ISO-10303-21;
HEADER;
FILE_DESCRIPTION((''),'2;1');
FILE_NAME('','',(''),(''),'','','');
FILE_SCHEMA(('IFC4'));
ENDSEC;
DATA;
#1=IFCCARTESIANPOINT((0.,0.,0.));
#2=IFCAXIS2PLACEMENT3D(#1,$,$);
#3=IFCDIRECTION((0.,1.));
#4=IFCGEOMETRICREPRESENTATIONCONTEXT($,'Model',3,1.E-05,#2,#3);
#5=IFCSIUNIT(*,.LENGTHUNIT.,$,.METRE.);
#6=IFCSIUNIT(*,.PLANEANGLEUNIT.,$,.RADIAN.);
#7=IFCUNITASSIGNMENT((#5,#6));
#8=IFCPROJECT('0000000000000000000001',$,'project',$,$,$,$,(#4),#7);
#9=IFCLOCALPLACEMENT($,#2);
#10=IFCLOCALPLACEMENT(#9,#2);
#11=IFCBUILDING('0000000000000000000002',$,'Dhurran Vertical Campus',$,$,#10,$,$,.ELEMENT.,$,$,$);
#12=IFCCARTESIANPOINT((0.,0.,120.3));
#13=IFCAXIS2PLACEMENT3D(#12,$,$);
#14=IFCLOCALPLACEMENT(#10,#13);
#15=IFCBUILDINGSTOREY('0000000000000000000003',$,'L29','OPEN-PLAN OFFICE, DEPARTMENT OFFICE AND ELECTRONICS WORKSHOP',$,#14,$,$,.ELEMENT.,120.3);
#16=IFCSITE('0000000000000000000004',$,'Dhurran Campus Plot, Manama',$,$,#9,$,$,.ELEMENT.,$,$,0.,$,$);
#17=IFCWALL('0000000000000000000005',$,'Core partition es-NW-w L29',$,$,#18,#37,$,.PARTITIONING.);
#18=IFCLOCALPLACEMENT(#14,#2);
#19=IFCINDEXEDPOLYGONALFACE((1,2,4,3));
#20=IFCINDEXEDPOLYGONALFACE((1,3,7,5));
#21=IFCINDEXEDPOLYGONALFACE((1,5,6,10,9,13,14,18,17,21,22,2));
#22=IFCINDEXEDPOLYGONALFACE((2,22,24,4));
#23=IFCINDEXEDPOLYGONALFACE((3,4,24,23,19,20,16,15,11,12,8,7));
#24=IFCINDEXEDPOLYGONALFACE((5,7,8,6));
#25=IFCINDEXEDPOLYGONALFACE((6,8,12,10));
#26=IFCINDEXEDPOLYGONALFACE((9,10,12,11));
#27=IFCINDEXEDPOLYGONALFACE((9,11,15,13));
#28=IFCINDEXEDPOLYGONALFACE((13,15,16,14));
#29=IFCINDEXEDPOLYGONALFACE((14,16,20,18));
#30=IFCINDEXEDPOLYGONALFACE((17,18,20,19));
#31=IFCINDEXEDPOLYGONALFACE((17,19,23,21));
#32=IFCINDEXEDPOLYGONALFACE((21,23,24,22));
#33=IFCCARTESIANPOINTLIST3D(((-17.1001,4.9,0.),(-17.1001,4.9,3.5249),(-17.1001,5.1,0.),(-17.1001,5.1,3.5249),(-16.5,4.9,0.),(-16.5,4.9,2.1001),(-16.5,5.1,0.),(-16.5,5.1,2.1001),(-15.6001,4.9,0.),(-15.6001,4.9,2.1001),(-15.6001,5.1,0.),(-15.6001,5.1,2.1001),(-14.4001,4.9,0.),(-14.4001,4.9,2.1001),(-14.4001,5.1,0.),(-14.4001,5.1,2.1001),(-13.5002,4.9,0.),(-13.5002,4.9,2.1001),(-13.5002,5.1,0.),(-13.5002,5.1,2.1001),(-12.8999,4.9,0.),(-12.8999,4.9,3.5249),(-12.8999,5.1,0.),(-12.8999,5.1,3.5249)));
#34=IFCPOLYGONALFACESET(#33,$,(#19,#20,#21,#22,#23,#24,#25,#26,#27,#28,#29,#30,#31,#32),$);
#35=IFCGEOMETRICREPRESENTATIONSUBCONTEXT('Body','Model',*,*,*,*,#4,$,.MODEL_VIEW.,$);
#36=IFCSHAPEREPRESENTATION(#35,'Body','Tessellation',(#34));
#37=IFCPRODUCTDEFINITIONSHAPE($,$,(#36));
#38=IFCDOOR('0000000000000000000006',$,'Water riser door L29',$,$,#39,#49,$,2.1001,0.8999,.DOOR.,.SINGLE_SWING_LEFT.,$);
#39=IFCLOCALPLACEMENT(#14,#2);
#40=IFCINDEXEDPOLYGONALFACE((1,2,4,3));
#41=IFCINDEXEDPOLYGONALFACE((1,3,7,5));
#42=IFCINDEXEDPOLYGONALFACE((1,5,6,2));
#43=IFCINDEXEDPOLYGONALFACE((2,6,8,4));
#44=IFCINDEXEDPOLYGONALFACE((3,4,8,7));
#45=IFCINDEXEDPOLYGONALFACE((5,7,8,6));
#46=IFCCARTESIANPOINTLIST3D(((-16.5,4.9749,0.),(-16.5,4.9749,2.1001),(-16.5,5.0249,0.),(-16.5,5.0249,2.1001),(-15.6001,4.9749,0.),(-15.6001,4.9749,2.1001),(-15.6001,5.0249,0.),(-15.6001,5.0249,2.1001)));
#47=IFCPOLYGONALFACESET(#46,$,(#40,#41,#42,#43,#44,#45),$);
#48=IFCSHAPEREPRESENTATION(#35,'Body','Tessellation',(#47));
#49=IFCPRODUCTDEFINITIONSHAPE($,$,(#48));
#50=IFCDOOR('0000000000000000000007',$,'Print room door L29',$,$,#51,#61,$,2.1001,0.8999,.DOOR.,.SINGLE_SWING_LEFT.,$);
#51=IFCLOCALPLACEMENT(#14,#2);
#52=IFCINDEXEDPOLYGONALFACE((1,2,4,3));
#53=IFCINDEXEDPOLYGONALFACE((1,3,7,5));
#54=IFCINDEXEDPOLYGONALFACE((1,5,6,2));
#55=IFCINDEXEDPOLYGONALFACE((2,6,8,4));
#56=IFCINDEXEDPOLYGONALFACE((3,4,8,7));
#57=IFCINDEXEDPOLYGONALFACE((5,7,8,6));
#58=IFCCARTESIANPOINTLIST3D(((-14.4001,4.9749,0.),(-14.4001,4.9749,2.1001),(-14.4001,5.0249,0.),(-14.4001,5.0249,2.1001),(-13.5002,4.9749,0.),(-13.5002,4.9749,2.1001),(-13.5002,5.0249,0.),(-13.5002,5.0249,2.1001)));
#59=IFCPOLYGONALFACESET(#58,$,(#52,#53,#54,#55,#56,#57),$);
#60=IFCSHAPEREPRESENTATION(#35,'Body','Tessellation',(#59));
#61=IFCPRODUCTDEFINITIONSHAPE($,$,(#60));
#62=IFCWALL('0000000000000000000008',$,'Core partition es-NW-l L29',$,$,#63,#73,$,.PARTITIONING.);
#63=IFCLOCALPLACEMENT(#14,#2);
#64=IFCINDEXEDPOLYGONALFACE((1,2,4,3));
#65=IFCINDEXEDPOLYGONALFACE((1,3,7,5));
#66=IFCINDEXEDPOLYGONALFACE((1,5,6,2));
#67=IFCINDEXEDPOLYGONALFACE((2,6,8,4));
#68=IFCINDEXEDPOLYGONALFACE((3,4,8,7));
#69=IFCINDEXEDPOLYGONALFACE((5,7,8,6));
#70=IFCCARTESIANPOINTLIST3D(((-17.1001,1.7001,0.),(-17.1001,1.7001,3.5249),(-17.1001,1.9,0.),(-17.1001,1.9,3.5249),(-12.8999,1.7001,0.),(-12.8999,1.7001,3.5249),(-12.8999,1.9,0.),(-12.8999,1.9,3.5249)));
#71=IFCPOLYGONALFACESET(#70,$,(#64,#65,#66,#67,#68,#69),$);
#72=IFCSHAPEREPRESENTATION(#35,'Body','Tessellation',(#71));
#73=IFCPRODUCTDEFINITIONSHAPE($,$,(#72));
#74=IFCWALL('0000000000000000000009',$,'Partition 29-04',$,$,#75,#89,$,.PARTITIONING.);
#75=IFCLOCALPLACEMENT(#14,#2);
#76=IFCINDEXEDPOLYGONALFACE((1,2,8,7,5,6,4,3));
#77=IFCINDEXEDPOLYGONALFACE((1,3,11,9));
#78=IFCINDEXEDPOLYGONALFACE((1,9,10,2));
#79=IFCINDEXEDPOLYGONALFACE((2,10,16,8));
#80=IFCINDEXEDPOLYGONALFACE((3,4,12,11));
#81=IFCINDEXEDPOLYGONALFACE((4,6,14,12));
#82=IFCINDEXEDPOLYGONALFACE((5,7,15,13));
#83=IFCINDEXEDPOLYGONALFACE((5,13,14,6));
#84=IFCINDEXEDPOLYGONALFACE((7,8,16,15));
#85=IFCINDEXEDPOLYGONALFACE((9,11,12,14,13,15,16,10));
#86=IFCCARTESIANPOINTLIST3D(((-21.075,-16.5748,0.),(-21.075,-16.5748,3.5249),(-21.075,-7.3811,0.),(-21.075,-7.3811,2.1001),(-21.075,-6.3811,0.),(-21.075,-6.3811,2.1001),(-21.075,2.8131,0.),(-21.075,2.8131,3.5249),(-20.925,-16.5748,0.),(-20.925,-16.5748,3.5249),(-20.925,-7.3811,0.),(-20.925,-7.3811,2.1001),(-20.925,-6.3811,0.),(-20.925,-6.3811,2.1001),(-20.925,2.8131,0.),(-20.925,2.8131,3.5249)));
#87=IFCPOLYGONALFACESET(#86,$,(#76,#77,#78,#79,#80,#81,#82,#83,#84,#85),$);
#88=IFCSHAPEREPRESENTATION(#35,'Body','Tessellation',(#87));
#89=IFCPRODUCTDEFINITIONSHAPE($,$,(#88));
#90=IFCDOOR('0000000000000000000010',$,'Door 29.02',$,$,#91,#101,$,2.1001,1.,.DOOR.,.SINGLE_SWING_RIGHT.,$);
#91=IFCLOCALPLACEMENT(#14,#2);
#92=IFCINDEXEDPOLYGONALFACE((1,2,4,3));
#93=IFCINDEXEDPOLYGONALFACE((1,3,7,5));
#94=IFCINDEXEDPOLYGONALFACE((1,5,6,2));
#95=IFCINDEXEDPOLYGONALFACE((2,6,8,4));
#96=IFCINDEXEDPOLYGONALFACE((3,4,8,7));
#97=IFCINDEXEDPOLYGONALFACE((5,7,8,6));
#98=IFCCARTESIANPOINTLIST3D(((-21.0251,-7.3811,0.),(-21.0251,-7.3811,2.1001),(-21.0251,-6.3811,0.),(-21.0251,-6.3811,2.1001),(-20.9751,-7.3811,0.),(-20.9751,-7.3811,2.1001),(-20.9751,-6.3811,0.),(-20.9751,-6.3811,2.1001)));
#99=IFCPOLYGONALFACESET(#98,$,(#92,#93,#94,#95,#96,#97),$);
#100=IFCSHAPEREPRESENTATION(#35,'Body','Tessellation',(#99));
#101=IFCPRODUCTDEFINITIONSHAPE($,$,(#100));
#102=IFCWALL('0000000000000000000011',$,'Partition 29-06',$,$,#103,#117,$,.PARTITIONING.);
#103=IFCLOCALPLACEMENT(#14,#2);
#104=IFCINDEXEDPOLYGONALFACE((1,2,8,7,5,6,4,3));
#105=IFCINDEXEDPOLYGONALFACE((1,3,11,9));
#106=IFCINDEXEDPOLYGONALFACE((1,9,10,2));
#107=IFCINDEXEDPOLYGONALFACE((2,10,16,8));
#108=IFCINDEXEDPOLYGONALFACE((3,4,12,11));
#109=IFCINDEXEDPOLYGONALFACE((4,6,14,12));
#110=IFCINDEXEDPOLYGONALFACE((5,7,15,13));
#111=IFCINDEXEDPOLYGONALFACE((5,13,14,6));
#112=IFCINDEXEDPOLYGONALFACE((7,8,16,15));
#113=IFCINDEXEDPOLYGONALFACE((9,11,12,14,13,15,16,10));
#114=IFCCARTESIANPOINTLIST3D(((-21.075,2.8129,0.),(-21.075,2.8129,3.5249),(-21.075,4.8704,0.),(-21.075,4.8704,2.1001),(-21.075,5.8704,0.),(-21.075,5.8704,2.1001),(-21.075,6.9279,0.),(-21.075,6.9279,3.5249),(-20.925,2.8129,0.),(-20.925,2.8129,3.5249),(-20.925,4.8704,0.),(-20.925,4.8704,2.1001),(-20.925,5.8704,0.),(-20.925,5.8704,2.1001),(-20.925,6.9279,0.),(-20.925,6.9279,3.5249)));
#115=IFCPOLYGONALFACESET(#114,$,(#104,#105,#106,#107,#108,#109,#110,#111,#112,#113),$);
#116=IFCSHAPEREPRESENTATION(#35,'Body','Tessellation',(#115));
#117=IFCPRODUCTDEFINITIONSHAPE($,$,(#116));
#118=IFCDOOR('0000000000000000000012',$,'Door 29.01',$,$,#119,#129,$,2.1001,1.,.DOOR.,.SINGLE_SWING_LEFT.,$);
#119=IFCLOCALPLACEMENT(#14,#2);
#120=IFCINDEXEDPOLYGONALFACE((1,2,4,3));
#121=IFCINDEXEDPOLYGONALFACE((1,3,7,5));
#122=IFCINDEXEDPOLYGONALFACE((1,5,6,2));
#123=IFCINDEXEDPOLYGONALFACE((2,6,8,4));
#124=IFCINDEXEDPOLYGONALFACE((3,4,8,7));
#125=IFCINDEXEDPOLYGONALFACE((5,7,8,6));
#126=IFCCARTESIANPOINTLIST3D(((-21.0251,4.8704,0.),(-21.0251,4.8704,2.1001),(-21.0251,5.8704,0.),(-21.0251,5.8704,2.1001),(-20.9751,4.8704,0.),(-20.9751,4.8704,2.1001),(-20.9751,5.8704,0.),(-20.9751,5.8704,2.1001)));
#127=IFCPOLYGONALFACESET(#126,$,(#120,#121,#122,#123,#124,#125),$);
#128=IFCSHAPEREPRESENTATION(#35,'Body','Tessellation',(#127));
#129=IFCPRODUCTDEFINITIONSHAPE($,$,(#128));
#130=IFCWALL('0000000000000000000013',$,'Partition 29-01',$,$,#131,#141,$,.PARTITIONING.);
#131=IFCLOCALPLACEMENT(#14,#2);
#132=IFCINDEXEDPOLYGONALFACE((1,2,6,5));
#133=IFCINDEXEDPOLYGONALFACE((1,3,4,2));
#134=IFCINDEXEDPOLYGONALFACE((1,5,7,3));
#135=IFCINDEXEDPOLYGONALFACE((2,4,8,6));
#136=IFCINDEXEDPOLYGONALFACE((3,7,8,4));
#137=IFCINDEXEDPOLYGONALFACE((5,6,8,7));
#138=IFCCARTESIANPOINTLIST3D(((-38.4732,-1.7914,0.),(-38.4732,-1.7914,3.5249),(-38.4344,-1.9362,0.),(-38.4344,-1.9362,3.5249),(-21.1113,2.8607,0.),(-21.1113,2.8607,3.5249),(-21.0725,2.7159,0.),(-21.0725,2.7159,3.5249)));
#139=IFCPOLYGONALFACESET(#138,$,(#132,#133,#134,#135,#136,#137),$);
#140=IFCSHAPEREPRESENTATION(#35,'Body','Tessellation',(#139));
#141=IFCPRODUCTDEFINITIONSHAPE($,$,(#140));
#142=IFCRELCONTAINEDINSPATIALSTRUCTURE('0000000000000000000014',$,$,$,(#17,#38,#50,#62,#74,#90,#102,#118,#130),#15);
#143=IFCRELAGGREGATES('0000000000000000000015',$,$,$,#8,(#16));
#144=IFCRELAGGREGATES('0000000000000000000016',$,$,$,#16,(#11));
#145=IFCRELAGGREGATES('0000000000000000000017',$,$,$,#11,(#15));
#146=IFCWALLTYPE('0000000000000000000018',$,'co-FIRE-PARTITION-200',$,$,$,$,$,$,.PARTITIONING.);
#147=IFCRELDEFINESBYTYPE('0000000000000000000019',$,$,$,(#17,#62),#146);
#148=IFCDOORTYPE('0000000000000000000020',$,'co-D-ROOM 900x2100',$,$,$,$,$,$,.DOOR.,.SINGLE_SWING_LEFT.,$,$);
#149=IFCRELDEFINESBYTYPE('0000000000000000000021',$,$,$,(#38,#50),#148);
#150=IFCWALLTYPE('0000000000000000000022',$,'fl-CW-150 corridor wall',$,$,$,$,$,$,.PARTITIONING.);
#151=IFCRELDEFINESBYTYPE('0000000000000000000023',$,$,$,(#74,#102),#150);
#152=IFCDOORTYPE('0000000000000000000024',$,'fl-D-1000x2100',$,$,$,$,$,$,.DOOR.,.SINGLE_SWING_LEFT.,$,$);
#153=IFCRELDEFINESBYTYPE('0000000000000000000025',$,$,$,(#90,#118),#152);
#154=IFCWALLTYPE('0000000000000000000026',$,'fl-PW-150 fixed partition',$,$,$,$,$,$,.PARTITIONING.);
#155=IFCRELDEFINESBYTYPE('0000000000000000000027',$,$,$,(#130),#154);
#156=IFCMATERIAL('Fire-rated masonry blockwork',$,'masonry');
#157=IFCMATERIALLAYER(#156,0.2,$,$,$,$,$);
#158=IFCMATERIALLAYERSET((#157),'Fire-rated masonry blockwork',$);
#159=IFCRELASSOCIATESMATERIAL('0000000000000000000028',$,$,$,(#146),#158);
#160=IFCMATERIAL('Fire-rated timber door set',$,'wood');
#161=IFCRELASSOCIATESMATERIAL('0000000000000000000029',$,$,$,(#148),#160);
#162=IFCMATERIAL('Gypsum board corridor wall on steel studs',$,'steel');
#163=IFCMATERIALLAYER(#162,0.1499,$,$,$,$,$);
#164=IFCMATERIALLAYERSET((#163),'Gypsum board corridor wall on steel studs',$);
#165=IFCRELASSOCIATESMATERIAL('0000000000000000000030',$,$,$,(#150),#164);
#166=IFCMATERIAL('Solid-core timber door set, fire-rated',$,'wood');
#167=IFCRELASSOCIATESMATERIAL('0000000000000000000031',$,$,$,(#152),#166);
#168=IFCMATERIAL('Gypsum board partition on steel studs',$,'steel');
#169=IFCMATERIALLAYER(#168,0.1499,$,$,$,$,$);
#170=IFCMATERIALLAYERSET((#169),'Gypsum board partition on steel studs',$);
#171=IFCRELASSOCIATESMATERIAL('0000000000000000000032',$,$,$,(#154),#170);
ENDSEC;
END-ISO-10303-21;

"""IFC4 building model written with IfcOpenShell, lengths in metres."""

from ifc_helpers import new_model, si_unit, direction, frame, frame_2d, origin, place, context, subcontext, project, spatial, rectangle, extrude, material, layer, layer_set, type_object, element, fill, save


model = new_model("IFC4")

# Units and contexts
model_context = context("Model", 3, precision=1e-05, world=origin(), true_north=direction((0.0, 1.0)))
body_context = subcontext(model_context, "Body", "Model", "MODEL_VIEW")
ifc_project = project(units=[si_unit("LENGTHUNIT", "METRE"), si_unit("PLANEANGLEUNIT", "RADIAN")], contexts=[model_context])

# Site, building, storey
site_placement = place(None, origin())
site = spatial("IfcSite", under=ifc_project, at=site_placement, Name="Dhurran Campus Plot, Manama", CompositionType="ELEMENT", RefElevation=0.0)
building_placement = place(site_placement, origin())
building = spatial("IfcBuilding", under=site, at=building_placement, Name="Dhurran Vertical Campus", CompositionType="ELEMENT")
storey_placement = place(building_placement, frame((0.0, 0.0, 120.3)))
storey = spatial("IfcBuildingStorey", under=building, at=storey_placement, Name="L29", Description="OPEN-PLAN OFFICE, DEPARTMENT OFFICE AND ELECTRONICS WORKSHOP", CompositionType="ELEMENT", Elevation=120.3)

# Shared definitions
ifc_material_1 = material(Name="Fire-rated masonry blockwork", Category="masonry")
ifc_layer_1 = layer(ifc_material_1, 0.2)
ifc_layer_set_1 = layer_set([ifc_layer_1], Name="Fire-rated masonry blockwork")
wall_type_1 = type_object("IfcWallType", Name="co-FIRE-PARTITION-200", PredefinedType="PARTITIONING", material=ifc_layer_set_1)

# Shared definitions
ifc_material_2 = material(Name="Fire-rated timber door set", Category="wood")
door_type_1 = type_object("IfcDoorType", Name="co-D-ROOM 900x2100", OperationType="SINGLE_SWING_LEFT", PredefinedType="DOOR", material=ifc_material_2)

# Wall, openings, doors
wall_1_placement = place(storey_placement, frame((-17.1001, 5.0, 0.0), z_axis=(0.0, 0.0, 1.0), x_axis=(1.0, 0.0, 0.0)))
wall_1 = element("IfcWall", 1, at=wall_1_placement, inside=storey, type_object=wall_type_1, Name="Core partition es-NW-w L29", PredefinedType="PARTITIONING", context=body_context, shape_type="SweptSolid", body=[
    extrude(rectangle(XDim=4.2002, YDim=0.2, at=frame_2d((2.1001, 0.0))), origin(), (0.0, 0.0, 1.0), 3.5249),
])
opening_1_placement = place(wall_1_placement, frame((0.6001, 0.0, 0.0)))
opening_1 = element("IfcOpeningElement", 2, at=opening_1_placement, cuts=wall_1, PredefinedType="OPENING", context=body_context, shape_type="SweptSolid", body=[
    extrude(rectangle(XDim=0.8999, YDim=2.1001, at=frame_2d((0.45, 1.05))), frame((0.0, 0.1099, 0.0), z_axis=(0.0, -1.0, 0.0), x_axis=(1.0, 0.0, 0.0)), (0.0, 0.0, 1.0), 0.22),
])
opening_2_placement = place(wall_1_placement, frame((2.7, 0.0, 0.0)))
opening_2 = element("IfcOpeningElement", 3, at=opening_2_placement, cuts=wall_1, PredefinedType="OPENING", context=body_context, shape_type="SweptSolid", body=[
    extrude(rectangle(XDim=0.8999, YDim=2.1001, at=frame_2d((0.45, 1.05))), frame((0.0, 0.1099, 0.0), z_axis=(0.0, -1.0, 0.0), x_axis=(1.0, 0.0, 0.0)), (0.0, 0.0, 1.0), 0.22),
])
door_1_placement = place(opening_1_placement, origin())
door_1 = element("IfcDoor", 4, at=door_1_placement, inside=storey, type_object=door_type_1, Name="Water riser door L29", OperationType="SINGLE_SWING_LEFT", OverallHeight=2.1001, OverallWidth=0.8999, PredefinedType="DOOR", context=body_context, shape_type="SweptSolid", body=[
    extrude(rectangle(XDim=0.8999, YDim=2.1001, at=frame_2d((0.45, 1.05))), frame((0.0, 0.0249, 0.0), z_axis=(0.0, -1.0, 0.0), x_axis=(1.0, 0.0, 0.0)), (0.0, 0.0, 1.0), 0.05),
])
fill(opening_1, door_1)
door_2_placement = place(opening_2_placement, origin())
door_2 = element("IfcDoor", 5, at=door_2_placement, inside=storey, type_object=door_type_1, Name="Print room door L29", OperationType="SINGLE_SWING_LEFT", OverallHeight=2.1001, OverallWidth=0.8999, PredefinedType="DOOR", context=body_context, shape_type="SweptSolid", body=[
    extrude(rectangle(XDim=0.8999, YDim=2.1001, at=frame_2d((0.45, 1.05))), frame((0.0, 0.0249, 0.0), z_axis=(0.0, -1.0, 0.0), x_axis=(1.0, 0.0, 0.0)), (0.0, 0.0, 1.0), 0.05),
])
fill(opening_2, door_2)

# Wall
wall_2_placement = place(storey_placement, frame((-17.1001, 1.8, 0.0), z_axis=(0.0, 0.0, 1.0), x_axis=(1.0, 0.0, 0.0)))
element("IfcWall", 6, at=wall_2_placement, inside=storey, type_object=wall_type_1, Name="Core partition es-NW-l L29", PredefinedType="PARTITIONING", context=body_context, shape_type="SweptSolid", body=[
    extrude(rectangle(XDim=4.2002, YDim=0.2, at=frame_2d((2.1001, 0.0))), origin(), (0.0, 0.0, 1.0), 3.5249),
])

# Walls, openings, doors
ifc_material_3 = material(Name="Gypsum board corridor wall on steel studs", Category="steel")
ifc_layer_2 = layer(ifc_material_3, 0.1499)
ifc_layer_set_2 = layer_set([ifc_layer_2], Name="Gypsum board corridor wall on steel studs")
wall_type_2 = type_object("IfcWallType", Name="fl-CW-150 corridor wall", PredefinedType="PARTITIONING", material=ifc_layer_set_2)
wall_3_placement = place(storey_placement, frame((-21.0, 2.813, 0.0), z_axis=(0.0, 0.0, 1.0), x_axis=(0.0, -1.0, 0.0)))
wall_3 = element("IfcWall", 7, at=wall_3_placement, inside=storey, type_object=wall_type_2, Name="Partition 29-04", PredefinedType="PARTITIONING", context=body_context, shape_type="SweptSolid", body=[
    extrude(rectangle(XDim=19.3879, YDim=0.1499, at=frame_2d((9.6938, 0.0))), origin(), (0.0, 0.0, 1.0), 3.5249),
])
opening_3_placement = place(wall_3_placement, frame((9.1941, 0.0, 0.0)))
opening_3 = element("IfcOpeningElement", 8, at=opening_3_placement, cuts=wall_3, PredefinedType="OPENING", context=body_context, shape_type="SweptSolid", body=[
    extrude(rectangle(XDim=1.0, YDim=2.1001, at=frame_2d((0.5, 1.05))), frame((0.0, 0.085, 0.0), z_axis=(0.0, -1.0, 0.0), x_axis=(1.0, 0.0, 0.0)), (0.0, 0.0, 1.0), 0.1699),
])
ifc_material_4 = material(Name="Solid-core timber door set, fire-rated", Category="wood")
door_type_2 = type_object("IfcDoorType", Name="fl-D-1000x2100", OperationType="SINGLE_SWING_LEFT", PredefinedType="DOOR", material=ifc_material_4)
door_3_placement = place(opening_3_placement, origin())
door_3 = element("IfcDoor", 9, at=door_3_placement, inside=storey, type_object=door_type_2, Name="Door 29.02", OperationType="SINGLE_SWING_RIGHT", OverallHeight=2.1001, OverallWidth=1.0, PredefinedType="DOOR", context=body_context, shape_type="SweptSolid", body=[
    extrude(rectangle(XDim=1.0, YDim=2.1001, at=frame_2d((0.5, 1.05))), frame((0.0, 0.0249, 0.0), z_axis=(0.0, -1.0, 0.0), x_axis=(1.0, 0.0, 0.0)), (0.0, 0.0, 1.0), 0.05),
])
fill(opening_3, door_3)
wall_4_placement = place(storey_placement, frame((-21.0, 6.928, 0.0), z_axis=(0.0, 0.0, 1.0), x_axis=(0.0, -1.0, 0.0)))
wall_4 = element("IfcWall", 10, at=wall_4_placement, inside=storey, type_object=wall_type_2, Name="Partition 29-06", PredefinedType="PARTITIONING", context=body_context, shape_type="SweptSolid", body=[
    extrude(rectangle(XDim=4.115, YDim=0.1499, at=frame_2d((2.0576, 0.0))), origin(), (0.0, 0.0, 1.0), 3.5249),
])
opening_4_placement = place(wall_4_placement, frame((1.0576, 0.0, 0.0)))
opening_4 = element("IfcOpeningElement", 11, at=opening_4_placement, cuts=wall_4, PredefinedType="OPENING", context=body_context, shape_type="SweptSolid", body=[
    extrude(rectangle(XDim=1.0, YDim=2.1001, at=frame_2d((0.5, 1.05))), frame((0.0, 0.085, 0.0), z_axis=(0.0, -1.0, 0.0), x_axis=(1.0, 0.0, 0.0)), (0.0, 0.0, 1.0), 0.1699),
])
door_4_placement = place(opening_4_placement, origin())
door_4 = element("IfcDoor", 12, at=door_4_placement, inside=storey, type_object=door_type_2, Name="Door 29.01", OperationType="SINGLE_SWING_LEFT", OverallHeight=2.1001, OverallWidth=1.0, PredefinedType="DOOR", context=body_context, shape_type="SweptSolid", body=[
    extrude(rectangle(XDim=1.0, YDim=2.1001, at=frame_2d((0.5, 1.05))), frame((0.0, 0.0249, 0.0), z_axis=(0.0, -1.0, 0.0), x_axis=(1.0, 0.0, 0.0)), (0.0, 0.0, 1.0), 0.05),
])
fill(opening_4, door_4)

# Wall
ifc_material_5 = material(Name="Gypsum board partition on steel studs", Category="steel")
ifc_layer_3 = layer(ifc_material_5, 0.1499)
ifc_layer_set_3 = layer_set([ifc_layer_3], Name="Gypsum board partition on steel studs")
wall_type_3 = type_object("IfcWallType", Name="fl-PW-150 fixed partition", PredefinedType="PARTITIONING", material=ifc_layer_set_3)
wall_5_placement = place(storey_placement, frame((-21.0918, 2.7883, 0.0), z_axis=(0.0, 0.0, 1.0), x_axis=(-0.965926, -0.25882, 0.0)))
element("IfcWall", 13, at=wall_5_placement, inside=storey, type_object=wall_type_3, Name="Partition 29-01", PredefinedType="PARTITIONING", context=body_context, shape_type="SweptSolid", body=[
    extrude(rectangle(XDim=17.9744, YDim=0.1499, at=frame_2d((8.9873, 0.0))), origin(), (0.0, 0.0, 1.0), 3.5249),
])

save(model, "model.ifc")
